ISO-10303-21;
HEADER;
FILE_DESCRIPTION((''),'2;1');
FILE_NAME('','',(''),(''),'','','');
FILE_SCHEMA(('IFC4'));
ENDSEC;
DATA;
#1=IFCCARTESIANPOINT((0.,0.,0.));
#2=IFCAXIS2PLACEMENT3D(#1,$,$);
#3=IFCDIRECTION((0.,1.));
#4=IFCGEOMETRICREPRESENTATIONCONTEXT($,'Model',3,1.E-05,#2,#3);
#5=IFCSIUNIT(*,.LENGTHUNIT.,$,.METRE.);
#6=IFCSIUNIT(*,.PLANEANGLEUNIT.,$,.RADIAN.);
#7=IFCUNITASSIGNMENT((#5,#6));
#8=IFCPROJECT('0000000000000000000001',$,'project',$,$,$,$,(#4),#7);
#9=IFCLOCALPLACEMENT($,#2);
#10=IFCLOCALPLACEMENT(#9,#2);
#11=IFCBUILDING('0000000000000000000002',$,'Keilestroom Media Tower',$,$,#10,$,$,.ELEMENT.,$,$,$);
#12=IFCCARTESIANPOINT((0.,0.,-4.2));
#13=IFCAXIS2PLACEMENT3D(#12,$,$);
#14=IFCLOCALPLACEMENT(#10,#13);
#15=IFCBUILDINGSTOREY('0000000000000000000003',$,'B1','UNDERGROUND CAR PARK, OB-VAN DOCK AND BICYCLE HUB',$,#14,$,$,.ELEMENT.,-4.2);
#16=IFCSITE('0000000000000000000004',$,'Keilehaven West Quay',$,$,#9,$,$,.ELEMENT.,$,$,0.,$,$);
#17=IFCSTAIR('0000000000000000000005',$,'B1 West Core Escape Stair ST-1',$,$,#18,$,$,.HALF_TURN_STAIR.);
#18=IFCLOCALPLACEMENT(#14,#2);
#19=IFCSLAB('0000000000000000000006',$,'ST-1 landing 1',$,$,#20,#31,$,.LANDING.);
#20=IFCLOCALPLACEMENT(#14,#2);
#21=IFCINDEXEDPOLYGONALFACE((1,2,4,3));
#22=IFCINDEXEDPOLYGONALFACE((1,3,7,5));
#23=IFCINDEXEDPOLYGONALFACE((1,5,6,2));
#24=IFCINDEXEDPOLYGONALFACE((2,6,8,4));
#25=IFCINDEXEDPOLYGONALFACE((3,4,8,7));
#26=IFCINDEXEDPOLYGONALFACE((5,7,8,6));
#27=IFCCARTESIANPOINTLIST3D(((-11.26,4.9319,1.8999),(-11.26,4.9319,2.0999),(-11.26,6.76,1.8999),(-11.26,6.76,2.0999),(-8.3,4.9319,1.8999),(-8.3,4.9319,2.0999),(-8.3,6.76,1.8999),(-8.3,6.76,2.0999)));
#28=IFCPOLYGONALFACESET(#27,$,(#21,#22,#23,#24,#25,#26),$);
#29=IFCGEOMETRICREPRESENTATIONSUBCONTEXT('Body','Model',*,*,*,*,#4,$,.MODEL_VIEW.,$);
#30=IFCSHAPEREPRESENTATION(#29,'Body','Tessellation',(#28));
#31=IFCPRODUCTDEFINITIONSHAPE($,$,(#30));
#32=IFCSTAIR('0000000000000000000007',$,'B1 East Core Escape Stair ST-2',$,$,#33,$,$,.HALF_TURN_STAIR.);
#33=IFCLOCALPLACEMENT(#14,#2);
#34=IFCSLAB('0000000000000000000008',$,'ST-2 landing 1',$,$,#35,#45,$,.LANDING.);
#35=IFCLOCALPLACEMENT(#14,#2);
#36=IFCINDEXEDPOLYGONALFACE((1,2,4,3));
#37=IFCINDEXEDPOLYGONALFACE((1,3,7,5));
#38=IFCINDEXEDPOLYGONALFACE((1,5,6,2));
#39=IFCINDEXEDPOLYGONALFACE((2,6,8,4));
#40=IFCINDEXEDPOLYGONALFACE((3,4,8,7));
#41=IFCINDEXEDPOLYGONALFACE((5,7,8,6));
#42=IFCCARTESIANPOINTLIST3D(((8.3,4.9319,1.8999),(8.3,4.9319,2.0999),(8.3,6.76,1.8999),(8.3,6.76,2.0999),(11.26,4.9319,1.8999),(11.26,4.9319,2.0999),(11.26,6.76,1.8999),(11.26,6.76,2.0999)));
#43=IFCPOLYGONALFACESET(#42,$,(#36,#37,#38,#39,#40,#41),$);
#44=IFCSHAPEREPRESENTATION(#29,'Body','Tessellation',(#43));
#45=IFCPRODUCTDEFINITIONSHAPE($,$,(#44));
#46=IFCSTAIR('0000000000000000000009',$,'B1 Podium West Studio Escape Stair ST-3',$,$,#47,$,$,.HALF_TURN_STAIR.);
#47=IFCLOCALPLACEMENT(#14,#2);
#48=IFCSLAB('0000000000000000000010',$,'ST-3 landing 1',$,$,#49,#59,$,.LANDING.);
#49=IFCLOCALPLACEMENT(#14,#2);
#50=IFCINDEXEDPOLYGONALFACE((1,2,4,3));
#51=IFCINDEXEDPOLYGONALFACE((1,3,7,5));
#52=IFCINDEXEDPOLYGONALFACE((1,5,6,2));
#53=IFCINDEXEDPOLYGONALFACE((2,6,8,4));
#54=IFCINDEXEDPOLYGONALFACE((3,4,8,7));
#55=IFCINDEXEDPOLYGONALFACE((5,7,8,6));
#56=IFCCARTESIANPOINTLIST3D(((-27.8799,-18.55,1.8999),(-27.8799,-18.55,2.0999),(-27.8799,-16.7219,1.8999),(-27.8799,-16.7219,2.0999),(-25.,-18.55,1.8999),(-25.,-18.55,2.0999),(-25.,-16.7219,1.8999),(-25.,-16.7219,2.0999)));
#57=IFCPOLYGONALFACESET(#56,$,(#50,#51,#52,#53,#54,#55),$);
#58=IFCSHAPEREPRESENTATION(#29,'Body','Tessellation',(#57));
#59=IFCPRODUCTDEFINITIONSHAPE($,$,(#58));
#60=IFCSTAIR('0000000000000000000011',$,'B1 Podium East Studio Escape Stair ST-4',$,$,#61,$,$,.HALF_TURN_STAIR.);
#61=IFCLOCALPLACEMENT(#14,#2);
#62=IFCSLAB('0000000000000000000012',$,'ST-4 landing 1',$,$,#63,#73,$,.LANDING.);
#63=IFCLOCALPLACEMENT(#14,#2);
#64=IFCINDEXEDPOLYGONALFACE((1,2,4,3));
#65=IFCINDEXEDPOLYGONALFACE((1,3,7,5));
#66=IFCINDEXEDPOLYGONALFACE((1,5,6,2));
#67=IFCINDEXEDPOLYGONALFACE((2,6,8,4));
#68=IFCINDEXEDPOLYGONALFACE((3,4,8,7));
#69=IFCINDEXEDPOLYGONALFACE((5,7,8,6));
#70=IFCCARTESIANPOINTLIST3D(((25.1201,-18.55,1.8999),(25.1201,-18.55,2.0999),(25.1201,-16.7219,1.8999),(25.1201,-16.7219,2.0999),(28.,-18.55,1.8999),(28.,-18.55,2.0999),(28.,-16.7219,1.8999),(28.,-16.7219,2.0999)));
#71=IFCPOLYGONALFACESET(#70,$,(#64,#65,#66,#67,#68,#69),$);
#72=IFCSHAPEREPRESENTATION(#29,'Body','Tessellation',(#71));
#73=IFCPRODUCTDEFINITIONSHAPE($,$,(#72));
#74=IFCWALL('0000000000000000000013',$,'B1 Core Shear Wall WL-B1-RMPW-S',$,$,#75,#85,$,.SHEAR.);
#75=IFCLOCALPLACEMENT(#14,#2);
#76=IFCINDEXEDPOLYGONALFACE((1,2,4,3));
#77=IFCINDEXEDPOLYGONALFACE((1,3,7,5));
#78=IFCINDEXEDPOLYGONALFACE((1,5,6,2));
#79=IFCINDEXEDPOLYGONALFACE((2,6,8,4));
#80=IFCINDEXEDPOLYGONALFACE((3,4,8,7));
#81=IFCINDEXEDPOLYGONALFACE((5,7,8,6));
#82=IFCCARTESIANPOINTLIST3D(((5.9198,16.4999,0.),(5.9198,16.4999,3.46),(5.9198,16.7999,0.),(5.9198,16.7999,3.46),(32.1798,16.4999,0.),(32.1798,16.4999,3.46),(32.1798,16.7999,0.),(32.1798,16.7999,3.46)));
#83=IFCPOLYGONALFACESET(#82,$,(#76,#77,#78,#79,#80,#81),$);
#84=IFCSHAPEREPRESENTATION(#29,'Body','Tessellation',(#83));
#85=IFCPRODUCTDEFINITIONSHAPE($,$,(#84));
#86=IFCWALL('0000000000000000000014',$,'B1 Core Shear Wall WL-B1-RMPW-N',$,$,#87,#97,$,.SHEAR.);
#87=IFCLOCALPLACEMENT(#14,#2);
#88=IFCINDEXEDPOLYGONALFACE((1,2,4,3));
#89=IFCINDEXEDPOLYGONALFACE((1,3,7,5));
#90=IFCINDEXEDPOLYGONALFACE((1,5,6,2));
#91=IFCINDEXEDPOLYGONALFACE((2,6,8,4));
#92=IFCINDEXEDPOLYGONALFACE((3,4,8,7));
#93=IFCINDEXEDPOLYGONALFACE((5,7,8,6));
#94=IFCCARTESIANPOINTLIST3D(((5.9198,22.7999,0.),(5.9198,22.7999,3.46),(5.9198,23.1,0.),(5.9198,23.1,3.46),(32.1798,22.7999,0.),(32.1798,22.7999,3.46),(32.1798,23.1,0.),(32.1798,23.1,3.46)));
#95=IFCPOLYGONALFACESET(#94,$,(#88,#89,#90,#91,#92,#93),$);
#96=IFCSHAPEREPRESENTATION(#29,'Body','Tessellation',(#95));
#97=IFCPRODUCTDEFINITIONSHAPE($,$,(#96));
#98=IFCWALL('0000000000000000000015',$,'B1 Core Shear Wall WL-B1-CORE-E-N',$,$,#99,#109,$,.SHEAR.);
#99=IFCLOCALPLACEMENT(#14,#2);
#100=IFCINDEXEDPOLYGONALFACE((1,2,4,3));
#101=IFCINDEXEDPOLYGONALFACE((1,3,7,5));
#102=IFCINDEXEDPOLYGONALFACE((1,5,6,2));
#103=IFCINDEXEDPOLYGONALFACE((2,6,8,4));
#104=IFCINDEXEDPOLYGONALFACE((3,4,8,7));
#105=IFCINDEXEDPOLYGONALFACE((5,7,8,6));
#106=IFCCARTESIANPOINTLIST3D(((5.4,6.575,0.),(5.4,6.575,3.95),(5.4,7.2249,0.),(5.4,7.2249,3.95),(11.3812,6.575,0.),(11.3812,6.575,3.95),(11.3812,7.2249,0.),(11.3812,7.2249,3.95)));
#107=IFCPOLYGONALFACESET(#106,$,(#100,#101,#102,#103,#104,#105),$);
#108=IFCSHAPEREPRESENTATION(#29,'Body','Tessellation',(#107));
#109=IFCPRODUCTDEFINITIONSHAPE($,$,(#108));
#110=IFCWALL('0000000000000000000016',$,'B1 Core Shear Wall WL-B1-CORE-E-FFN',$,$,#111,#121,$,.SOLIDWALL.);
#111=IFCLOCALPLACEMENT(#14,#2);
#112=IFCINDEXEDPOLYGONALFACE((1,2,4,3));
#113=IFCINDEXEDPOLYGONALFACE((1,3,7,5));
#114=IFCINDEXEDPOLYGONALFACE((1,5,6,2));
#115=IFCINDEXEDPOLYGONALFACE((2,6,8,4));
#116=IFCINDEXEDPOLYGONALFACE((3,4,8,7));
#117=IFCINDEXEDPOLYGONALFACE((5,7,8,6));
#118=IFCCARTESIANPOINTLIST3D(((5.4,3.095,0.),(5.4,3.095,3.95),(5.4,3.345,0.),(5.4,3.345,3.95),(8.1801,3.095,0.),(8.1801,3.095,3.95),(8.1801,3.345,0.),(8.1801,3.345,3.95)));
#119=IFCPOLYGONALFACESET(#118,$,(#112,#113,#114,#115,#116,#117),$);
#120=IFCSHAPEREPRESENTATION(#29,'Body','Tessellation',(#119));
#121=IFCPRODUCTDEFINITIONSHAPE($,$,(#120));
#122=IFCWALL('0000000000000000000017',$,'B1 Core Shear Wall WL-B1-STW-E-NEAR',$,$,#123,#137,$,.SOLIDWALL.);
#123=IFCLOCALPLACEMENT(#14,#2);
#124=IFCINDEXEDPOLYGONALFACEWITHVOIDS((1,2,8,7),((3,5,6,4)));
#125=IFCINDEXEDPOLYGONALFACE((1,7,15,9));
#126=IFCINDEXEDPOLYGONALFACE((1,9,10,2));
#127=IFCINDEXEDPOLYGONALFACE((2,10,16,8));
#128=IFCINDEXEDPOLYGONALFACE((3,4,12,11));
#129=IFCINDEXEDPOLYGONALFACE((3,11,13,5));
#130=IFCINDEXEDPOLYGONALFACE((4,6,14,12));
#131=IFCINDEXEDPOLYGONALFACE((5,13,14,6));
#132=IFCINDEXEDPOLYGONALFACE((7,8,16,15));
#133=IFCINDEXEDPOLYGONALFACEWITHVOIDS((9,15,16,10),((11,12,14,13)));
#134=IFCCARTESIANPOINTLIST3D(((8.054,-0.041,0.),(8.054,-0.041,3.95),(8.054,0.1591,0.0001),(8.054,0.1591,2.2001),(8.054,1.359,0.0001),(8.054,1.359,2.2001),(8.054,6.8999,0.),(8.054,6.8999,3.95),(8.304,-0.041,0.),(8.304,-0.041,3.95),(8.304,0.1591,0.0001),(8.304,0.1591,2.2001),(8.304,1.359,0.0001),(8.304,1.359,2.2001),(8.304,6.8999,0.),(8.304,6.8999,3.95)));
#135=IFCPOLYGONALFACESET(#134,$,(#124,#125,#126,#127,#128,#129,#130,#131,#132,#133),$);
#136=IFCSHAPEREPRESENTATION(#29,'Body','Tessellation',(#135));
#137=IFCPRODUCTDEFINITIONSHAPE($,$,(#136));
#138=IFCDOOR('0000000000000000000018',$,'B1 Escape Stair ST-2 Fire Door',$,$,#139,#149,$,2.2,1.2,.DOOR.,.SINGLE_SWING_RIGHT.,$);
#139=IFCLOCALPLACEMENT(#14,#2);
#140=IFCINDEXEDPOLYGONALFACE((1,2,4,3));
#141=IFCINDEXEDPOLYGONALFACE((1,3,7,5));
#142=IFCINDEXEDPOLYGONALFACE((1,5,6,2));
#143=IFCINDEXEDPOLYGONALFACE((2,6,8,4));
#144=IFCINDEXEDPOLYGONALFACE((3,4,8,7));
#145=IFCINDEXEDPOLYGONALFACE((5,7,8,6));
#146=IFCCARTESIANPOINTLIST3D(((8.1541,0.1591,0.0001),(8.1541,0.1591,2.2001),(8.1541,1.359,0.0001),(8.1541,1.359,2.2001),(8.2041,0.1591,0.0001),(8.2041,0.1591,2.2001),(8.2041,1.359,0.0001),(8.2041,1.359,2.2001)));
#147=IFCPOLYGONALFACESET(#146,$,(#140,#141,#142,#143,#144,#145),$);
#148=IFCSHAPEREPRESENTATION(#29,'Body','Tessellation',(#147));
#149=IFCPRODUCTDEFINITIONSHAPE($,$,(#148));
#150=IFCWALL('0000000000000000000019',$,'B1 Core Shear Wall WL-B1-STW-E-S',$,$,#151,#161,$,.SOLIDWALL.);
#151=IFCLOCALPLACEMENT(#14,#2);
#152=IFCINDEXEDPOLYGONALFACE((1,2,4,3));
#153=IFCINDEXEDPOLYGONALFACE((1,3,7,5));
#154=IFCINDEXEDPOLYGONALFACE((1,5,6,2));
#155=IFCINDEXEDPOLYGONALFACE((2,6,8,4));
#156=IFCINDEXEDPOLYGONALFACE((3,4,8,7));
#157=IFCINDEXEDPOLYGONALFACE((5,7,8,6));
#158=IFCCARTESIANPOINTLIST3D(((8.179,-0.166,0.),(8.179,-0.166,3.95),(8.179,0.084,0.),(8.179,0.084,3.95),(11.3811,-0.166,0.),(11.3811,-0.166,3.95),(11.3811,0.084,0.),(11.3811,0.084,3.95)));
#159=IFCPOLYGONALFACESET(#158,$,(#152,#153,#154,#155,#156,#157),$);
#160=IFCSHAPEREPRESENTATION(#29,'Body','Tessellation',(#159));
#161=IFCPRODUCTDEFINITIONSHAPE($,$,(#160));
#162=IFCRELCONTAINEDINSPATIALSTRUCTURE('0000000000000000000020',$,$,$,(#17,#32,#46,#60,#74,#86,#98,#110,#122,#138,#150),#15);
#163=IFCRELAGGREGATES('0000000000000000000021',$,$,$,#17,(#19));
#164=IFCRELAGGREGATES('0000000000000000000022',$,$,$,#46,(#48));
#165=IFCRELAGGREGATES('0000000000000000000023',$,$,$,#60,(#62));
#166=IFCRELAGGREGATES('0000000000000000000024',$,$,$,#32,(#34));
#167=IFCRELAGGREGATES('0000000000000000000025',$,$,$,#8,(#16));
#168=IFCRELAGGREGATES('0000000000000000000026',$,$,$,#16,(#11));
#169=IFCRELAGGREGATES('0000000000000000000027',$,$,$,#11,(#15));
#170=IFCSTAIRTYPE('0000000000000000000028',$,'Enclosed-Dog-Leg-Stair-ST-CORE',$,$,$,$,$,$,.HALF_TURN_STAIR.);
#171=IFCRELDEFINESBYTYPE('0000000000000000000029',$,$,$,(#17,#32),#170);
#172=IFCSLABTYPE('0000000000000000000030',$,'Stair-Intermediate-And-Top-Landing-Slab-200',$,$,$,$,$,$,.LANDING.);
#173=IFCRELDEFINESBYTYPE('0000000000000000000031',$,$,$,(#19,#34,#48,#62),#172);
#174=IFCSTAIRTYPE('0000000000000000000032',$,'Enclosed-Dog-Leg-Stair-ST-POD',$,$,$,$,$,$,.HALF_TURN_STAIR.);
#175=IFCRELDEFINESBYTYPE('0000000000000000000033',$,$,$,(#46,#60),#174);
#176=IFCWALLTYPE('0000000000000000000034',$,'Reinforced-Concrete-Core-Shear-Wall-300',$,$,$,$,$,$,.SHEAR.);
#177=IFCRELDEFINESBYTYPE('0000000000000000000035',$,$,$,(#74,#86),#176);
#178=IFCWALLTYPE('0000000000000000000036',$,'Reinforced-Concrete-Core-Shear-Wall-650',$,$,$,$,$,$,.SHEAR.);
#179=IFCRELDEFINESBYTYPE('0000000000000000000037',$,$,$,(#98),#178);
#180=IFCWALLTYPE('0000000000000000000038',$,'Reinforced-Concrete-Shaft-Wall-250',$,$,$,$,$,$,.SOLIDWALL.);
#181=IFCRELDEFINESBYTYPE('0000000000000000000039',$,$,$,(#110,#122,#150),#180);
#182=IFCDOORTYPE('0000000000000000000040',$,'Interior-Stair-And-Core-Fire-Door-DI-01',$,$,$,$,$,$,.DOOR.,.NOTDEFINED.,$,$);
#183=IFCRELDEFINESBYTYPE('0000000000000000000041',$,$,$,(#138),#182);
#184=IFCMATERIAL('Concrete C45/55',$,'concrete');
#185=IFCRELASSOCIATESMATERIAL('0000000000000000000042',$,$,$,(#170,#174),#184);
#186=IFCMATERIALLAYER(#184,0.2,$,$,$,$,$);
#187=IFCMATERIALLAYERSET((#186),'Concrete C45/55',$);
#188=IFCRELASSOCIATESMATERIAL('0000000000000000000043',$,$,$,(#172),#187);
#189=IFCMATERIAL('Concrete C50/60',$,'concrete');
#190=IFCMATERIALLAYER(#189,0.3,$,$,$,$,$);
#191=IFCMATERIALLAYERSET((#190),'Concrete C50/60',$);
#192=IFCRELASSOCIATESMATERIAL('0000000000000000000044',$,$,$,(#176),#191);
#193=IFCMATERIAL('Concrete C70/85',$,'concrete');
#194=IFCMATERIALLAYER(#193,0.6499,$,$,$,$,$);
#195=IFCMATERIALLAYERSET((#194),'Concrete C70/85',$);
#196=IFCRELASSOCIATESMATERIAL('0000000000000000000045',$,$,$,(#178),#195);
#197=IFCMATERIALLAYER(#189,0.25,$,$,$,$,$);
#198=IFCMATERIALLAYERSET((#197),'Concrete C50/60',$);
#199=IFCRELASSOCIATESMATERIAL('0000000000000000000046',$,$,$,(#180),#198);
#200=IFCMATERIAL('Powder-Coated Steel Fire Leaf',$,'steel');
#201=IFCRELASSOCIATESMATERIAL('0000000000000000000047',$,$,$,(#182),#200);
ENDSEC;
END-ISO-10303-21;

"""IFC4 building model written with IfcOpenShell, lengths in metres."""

from ifc_helpers import new_model, si_unit, direction, frame, frame_2d, origin, place, context, subcontext, project, spatial, polyline, rectangle, outline, extrude, source, transform, mapped, material, layer, layer_set, type_object, element, fill, aggregate, save


model = new_model("IFC4")

# Units and contexts
model_context = context("Model", 3, precision=1e-05, world=origin(), true_north=direction((0.0, 1.0)))
body_context = subcontext(model_context, "Body", "Model", "MODEL_VIEW")
ifc_project = project(units=[si_unit("LENGTHUNIT", "METRE"), si_unit("PLANEANGLEUNIT", "RADIAN")], contexts=[model_context])

# Site, building, storey
site_placement = place(None, origin())
site = spatial("IfcSite", under=ifc_project, at=site_placement, Name="Keilehaven West Quay", CompositionType="ELEMENT", RefElevation=0.0)
building_placement = place(site_placement, origin())
building = spatial("IfcBuilding", under=site, at=building_placement, Name="Keilestroom Media Tower", CompositionType="ELEMENT")
storey_placement = place(building_placement, frame((0.0, 0.0, -4.2)))
storey = spatial("IfcBuildingStorey", under=building, at=storey_placement, Name="B1", Description="UNDERGROUND CAR PARK, OB-VAN DOCK AND BICYCLE HUB", CompositionType="ELEMENT", Elevation=-4.2)

# Shared definitions
ifc_material_1 = material(Name="Concrete C45/55", Category="concrete")

# Stairs, slabs
stair_type_1 = type_object("IfcStairType", Name="Enclosed-Dog-Leg-Stair-ST-CORE", PredefinedType="HALF_TURN_STAIR", material=ifc_material_1)
stair_1_placement = place(storey_placement, origin())
stair_1 = element("IfcStair", 1, at=stair_1_placement, inside=storey, type_object=stair_type_1, Name="B1 West Core Escape Stair ST-1", PredefinedType="HALF_TURN_STAIR")
ifc_layer_1 = layer(ifc_material_1, 0.2)
ifc_layer_set_1 = layer_set([ifc_layer_1], Name="Concrete C45/55")
slab_type_1 = type_object("IfcSlabType", Name="Stair-Intermediate-And-Top-Landing-Slab-200", PredefinedType="LANDING", material=ifc_layer_set_1)
slab_1_placement = place(storey_placement, frame((0.0, 0.0, 1.8999)))
slab_1 = element("IfcSlab", 2, at=slab_1_placement, type_object=slab_type_1, Name="ST-1 landing 1", PredefinedType="LANDING", context=body_context, shape_type="SweptSolid", body=[
    extrude(outline(polyline([(-8.3, 4.9319), (-8.3, 6.76), (-11.26, 6.76), (-11.26, 4.9319), (-8.3, 4.9319)])), origin(), (0.0, 0.0, 1.0), 0.2),
])
aggregate(stair_1, [slab_1])
stair_2_placement = place(storey_placement, origin())
stair_2 = element("IfcStair", 3, at=stair_2_placement, inside=storey, type_object=stair_type_1, Name="B1 East Core Escape Stair ST-2", PredefinedType="HALF_TURN_STAIR")
slab_2_placement = place(storey_placement, frame((0.0, 0.0, 1.8999)))
slab_2 = element("IfcSlab", 4, at=slab_2_placement, type_object=slab_type_1, Name="ST-2 landing 1", PredefinedType="LANDING", context=body_context, shape_type="SweptSolid", body=[
    extrude(outline(polyline([(11.26, 4.9319), (11.26, 6.76), (8.3, 6.76), (8.3, 4.9319), (11.26, 4.9319)])), origin(), (0.0, 0.0, 1.0), 0.2),
])
stair_type_2 = type_object("IfcStairType", Name="Enclosed-Dog-Leg-Stair-ST-POD", PredefinedType="HALF_TURN_STAIR", material=ifc_material_1)
stair_3_placement = place(storey_placement, origin())
stair_3 = element("IfcStair", 5, at=stair_3_placement, inside=storey, type_object=stair_type_2, Name="B1 Podium West Studio Escape Stair ST-3", PredefinedType="HALF_TURN_STAIR")
slab_3_placement = place(storey_placement, frame((0.0, 0.0, 1.8999)))
slab_3 = element("IfcSlab", 6, at=slab_3_placement, type_object=slab_type_1, Name="ST-3 landing 1", PredefinedType="LANDING", context=body_context, shape_type="SweptSolid", body=[
    extrude(outline(polyline([(-27.8799, -16.7219), (-27.8799, -18.55), (-25.0, -18.55), (-25.0, -16.7219), (-27.8799, -16.7219)])), origin(), (0.0, 0.0, 1.0), 0.2),
])
aggregate(stair_3, [slab_3])
stair_4_placement = place(storey_placement, origin())
stair_4 = element("IfcStair", 7, at=stair_4_placement, inside=storey, type_object=stair_type_2, Name="B1 Podium East Studio Escape Stair ST-4", PredefinedType="HALF_TURN_STAIR")
slab_4_placement = place(storey_placement, frame((0.0, 0.0, 1.8999)))
slab_4 = element("IfcSlab", 8, at=slab_4_placement, type_object=slab_type_1, Name="ST-4 landing 1", PredefinedType="LANDING", context=body_context, shape_type="SweptSolid", body=[
    extrude(outline(polyline([(25.1201, -16.7219), (25.1201, -18.55), (28.0, -18.55), (28.0, -16.7219), (25.1201, -16.7219)])), origin(), (0.0, 0.0, 1.0), 0.2),
])
aggregate(stair_4, [slab_4])

# Walls
ifc_material_2 = material(Name="Concrete C50/60", Category="concrete")
ifc_layer_2 = layer(ifc_material_2, 0.3)
ifc_layer_set_2 = layer_set([ifc_layer_2], Name="Concrete C50/60")
wall_type_1 = type_object("IfcWallType", Name="Reinforced-Concrete-Core-Shear-Wall-300", PredefinedType="SHEAR", material=ifc_layer_set_2)
for number, where, z_axis, x_axis, name in (
    (9, (5.9199, 16.6499, 0.0), (0.0, 0.0, 1.0), (1.0, 0.0, 0.0), "B1 Core Shear Wall WL-B1-RMPW-S"),
    (10, (5.9199, 22.95, 0.0), (0.0, 0.0, 1.0), (1.0, 0.0, 0.0), "B1 Core Shear Wall WL-B1-RMPW-N"),
):
    element("IfcWall", number, at=place(storey_placement, frame(where, z_axis=z_axis, x_axis=x_axis)), inside=storey, type_object=wall_type_1, Name=name, PredefinedType="SHEAR", context=body_context, shape_type="SweptSolid", body=[
        extrude(rectangle(XDim=26.26, YDim=0.3, at=frame_2d((13.1299, 0.0))), origin(), (0.0, 0.0, 1.0), 3.46),
    ])
ifc_material_3 = material(Name="Concrete C70/85", Category="concrete")
ifc_layer_3 = layer(ifc_material_3, 0.6499)
ifc_layer_set_3 = layer_set([ifc_layer_3], Name="Concrete C70/85")
wall_type_2 = type_object("IfcWallType", Name="Reinforced-Concrete-Core-Shear-Wall-650", PredefinedType="SHEAR", material=ifc_layer_set_3)
wall_1_placement = place(storey_placement, frame((5.3999, 6.8999, 0.0), z_axis=(0.0, 0.0, 1.0), x_axis=(1.0, 0.0, 0.0)))
element("IfcWall", 11, at=wall_1_placement, inside=storey, type_object=wall_type_2, Name="B1 Core Shear Wall WL-B1-CORE-E-N", PredefinedType="SHEAR", context=body_context, shape_type="SweptSolid", body=[
    extrude(rectangle(XDim=5.9812, YDim=0.6499, at=frame_2d((2.9907, 0.0))), origin(), (0.0, 0.0, 1.0), 3.95),
])
ifc_layer_4 = layer(ifc_material_2, 0.25)
ifc_layer_set_4 = layer_set([ifc_layer_4], Name="Concrete C50/60")
wall_type_3 = type_object("IfcWallType", Name="Reinforced-Concrete-Shaft-Wall-250", PredefinedType="SOLIDWALL", material=ifc_layer_set_4)
wall_2_placement = place(storey_placement, frame((5.3999, 3.22, 0.0), z_axis=(0.0, 0.0, 1.0), x_axis=(1.0, 0.0, 0.0)))
element("IfcWall", 12, at=wall_2_placement, inside=storey, type_object=wall_type_3, Name="B1 Core Shear Wall WL-B1-CORE-E-FFN", PredefinedType="SOLIDWALL", context=body_context, shape_type="SweptSolid", body=[
    extrude(rectangle(XDim=2.78, YDim=0.25, at=frame_2d((1.3901, 0.0))), origin(), (0.0, 0.0, 1.0), 3.95),
])

# Wall, opening, door
wall_3_placement = place(storey_placement, frame((8.179, -0.041, 0.0), z_axis=(0.0, 0.0, 1.0), x_axis=(0.0, 1.0, 0.0)))
wall_3 = element("IfcWall", 13, at=wall_3_placement, inside=storey, type_object=wall_type_3, Name="B1 Core Shear Wall WL-B1-STW-E-NEAR", PredefinedType="SOLIDWALL", context=body_context, shape_type="SweptSolid", body=[
    extrude(rectangle(XDim=6.9409, YDim=0.25, at=frame_2d((3.4705, 0.0))), origin(), (0.0, 0.0, 1.0), 3.95),
])
opening_placement = place(wall_3_placement, frame((0.2, 0.0, 0.0)))
opening = element("IfcOpeningElement", 14, at=opening_placement, cuts=wall_3, PredefinedType="OPENING", context=body_context, shape_type="SweptSolid", body=[
    extrude(rectangle(XDim=1.2, YDim=2.2, at=frame_2d((0.6001, 1.1001))), frame((0.0, 0.135, 0.0), z_axis=(0.0, -1.0, 0.0), x_axis=(1.0, 0.0, 0.0)), (0.0, 0.0, 1.0), 0.27),
])
ifc_material_4 = material(Name="Powder-Coated Steel Fire Leaf", Category="steel")
door_type = type_object("IfcDoorType", Name="Interior-Stair-And-Core-Fire-Door-DI-01", OperationType="NOTDEFINED", PredefinedType="DOOR", material=ifc_material_4)
shared_shape_1 = source(origin(), body_context, "Body", "SweptSolid", [
    extrude(rectangle(XDim=1.2, YDim=2.2, at=frame_2d((0.6001, 1.1001))), frame((0.0, 0.0249, 0.0), z_axis=(0.0, -1.0, 0.0), x_axis=(1.0, 0.0, 0.0)), (0.0, 0.0, 1.0), 0.05),
])
door_placement = place(opening_placement, origin())
door = element("IfcDoor", 15, at=door_placement, inside=storey, type_object=door_type, Name="B1 Escape Stair ST-2 Fire Door", OperationType="SINGLE_SWING_RIGHT", OverallHeight=2.2, OverallWidth=1.2, PredefinedType="DOOR", context=body_context, shape_type="MappedRepresentation", body=[
    mapped(shared_shape_1, transform((0.0, 0.0, 0.0), x_axis=(1.0, 0.0, 0.0), y_axis=(0.0, 1.0, 0.0), z_axis=(0.0, 0.0, 1.0), scale=1.0)),
])
fill(opening, door)

# Wall
wall_4_placement = place(storey_placement, frame((8.179, -0.041, 0.0), z_axis=(0.0, 0.0, 1.0), x_axis=(1.0, 0.0, 0.0)))
element("IfcWall", 16, at=wall_4_placement, inside=storey, type_object=wall_type_3, Name="B1 Core Shear Wall WL-B1-STW-E-S", PredefinedType="SOLIDWALL", context=body_context, shape_type="SweptSolid", body=[
    extrude(rectangle(XDim=3.2021, YDim=0.25, at=frame_2d((1.6011, 0.0))), origin(), (0.0, 0.0, 1.0), 3.95),
])

aggregate(stair_2, [slab_2])

save(model, "model.ifc")
